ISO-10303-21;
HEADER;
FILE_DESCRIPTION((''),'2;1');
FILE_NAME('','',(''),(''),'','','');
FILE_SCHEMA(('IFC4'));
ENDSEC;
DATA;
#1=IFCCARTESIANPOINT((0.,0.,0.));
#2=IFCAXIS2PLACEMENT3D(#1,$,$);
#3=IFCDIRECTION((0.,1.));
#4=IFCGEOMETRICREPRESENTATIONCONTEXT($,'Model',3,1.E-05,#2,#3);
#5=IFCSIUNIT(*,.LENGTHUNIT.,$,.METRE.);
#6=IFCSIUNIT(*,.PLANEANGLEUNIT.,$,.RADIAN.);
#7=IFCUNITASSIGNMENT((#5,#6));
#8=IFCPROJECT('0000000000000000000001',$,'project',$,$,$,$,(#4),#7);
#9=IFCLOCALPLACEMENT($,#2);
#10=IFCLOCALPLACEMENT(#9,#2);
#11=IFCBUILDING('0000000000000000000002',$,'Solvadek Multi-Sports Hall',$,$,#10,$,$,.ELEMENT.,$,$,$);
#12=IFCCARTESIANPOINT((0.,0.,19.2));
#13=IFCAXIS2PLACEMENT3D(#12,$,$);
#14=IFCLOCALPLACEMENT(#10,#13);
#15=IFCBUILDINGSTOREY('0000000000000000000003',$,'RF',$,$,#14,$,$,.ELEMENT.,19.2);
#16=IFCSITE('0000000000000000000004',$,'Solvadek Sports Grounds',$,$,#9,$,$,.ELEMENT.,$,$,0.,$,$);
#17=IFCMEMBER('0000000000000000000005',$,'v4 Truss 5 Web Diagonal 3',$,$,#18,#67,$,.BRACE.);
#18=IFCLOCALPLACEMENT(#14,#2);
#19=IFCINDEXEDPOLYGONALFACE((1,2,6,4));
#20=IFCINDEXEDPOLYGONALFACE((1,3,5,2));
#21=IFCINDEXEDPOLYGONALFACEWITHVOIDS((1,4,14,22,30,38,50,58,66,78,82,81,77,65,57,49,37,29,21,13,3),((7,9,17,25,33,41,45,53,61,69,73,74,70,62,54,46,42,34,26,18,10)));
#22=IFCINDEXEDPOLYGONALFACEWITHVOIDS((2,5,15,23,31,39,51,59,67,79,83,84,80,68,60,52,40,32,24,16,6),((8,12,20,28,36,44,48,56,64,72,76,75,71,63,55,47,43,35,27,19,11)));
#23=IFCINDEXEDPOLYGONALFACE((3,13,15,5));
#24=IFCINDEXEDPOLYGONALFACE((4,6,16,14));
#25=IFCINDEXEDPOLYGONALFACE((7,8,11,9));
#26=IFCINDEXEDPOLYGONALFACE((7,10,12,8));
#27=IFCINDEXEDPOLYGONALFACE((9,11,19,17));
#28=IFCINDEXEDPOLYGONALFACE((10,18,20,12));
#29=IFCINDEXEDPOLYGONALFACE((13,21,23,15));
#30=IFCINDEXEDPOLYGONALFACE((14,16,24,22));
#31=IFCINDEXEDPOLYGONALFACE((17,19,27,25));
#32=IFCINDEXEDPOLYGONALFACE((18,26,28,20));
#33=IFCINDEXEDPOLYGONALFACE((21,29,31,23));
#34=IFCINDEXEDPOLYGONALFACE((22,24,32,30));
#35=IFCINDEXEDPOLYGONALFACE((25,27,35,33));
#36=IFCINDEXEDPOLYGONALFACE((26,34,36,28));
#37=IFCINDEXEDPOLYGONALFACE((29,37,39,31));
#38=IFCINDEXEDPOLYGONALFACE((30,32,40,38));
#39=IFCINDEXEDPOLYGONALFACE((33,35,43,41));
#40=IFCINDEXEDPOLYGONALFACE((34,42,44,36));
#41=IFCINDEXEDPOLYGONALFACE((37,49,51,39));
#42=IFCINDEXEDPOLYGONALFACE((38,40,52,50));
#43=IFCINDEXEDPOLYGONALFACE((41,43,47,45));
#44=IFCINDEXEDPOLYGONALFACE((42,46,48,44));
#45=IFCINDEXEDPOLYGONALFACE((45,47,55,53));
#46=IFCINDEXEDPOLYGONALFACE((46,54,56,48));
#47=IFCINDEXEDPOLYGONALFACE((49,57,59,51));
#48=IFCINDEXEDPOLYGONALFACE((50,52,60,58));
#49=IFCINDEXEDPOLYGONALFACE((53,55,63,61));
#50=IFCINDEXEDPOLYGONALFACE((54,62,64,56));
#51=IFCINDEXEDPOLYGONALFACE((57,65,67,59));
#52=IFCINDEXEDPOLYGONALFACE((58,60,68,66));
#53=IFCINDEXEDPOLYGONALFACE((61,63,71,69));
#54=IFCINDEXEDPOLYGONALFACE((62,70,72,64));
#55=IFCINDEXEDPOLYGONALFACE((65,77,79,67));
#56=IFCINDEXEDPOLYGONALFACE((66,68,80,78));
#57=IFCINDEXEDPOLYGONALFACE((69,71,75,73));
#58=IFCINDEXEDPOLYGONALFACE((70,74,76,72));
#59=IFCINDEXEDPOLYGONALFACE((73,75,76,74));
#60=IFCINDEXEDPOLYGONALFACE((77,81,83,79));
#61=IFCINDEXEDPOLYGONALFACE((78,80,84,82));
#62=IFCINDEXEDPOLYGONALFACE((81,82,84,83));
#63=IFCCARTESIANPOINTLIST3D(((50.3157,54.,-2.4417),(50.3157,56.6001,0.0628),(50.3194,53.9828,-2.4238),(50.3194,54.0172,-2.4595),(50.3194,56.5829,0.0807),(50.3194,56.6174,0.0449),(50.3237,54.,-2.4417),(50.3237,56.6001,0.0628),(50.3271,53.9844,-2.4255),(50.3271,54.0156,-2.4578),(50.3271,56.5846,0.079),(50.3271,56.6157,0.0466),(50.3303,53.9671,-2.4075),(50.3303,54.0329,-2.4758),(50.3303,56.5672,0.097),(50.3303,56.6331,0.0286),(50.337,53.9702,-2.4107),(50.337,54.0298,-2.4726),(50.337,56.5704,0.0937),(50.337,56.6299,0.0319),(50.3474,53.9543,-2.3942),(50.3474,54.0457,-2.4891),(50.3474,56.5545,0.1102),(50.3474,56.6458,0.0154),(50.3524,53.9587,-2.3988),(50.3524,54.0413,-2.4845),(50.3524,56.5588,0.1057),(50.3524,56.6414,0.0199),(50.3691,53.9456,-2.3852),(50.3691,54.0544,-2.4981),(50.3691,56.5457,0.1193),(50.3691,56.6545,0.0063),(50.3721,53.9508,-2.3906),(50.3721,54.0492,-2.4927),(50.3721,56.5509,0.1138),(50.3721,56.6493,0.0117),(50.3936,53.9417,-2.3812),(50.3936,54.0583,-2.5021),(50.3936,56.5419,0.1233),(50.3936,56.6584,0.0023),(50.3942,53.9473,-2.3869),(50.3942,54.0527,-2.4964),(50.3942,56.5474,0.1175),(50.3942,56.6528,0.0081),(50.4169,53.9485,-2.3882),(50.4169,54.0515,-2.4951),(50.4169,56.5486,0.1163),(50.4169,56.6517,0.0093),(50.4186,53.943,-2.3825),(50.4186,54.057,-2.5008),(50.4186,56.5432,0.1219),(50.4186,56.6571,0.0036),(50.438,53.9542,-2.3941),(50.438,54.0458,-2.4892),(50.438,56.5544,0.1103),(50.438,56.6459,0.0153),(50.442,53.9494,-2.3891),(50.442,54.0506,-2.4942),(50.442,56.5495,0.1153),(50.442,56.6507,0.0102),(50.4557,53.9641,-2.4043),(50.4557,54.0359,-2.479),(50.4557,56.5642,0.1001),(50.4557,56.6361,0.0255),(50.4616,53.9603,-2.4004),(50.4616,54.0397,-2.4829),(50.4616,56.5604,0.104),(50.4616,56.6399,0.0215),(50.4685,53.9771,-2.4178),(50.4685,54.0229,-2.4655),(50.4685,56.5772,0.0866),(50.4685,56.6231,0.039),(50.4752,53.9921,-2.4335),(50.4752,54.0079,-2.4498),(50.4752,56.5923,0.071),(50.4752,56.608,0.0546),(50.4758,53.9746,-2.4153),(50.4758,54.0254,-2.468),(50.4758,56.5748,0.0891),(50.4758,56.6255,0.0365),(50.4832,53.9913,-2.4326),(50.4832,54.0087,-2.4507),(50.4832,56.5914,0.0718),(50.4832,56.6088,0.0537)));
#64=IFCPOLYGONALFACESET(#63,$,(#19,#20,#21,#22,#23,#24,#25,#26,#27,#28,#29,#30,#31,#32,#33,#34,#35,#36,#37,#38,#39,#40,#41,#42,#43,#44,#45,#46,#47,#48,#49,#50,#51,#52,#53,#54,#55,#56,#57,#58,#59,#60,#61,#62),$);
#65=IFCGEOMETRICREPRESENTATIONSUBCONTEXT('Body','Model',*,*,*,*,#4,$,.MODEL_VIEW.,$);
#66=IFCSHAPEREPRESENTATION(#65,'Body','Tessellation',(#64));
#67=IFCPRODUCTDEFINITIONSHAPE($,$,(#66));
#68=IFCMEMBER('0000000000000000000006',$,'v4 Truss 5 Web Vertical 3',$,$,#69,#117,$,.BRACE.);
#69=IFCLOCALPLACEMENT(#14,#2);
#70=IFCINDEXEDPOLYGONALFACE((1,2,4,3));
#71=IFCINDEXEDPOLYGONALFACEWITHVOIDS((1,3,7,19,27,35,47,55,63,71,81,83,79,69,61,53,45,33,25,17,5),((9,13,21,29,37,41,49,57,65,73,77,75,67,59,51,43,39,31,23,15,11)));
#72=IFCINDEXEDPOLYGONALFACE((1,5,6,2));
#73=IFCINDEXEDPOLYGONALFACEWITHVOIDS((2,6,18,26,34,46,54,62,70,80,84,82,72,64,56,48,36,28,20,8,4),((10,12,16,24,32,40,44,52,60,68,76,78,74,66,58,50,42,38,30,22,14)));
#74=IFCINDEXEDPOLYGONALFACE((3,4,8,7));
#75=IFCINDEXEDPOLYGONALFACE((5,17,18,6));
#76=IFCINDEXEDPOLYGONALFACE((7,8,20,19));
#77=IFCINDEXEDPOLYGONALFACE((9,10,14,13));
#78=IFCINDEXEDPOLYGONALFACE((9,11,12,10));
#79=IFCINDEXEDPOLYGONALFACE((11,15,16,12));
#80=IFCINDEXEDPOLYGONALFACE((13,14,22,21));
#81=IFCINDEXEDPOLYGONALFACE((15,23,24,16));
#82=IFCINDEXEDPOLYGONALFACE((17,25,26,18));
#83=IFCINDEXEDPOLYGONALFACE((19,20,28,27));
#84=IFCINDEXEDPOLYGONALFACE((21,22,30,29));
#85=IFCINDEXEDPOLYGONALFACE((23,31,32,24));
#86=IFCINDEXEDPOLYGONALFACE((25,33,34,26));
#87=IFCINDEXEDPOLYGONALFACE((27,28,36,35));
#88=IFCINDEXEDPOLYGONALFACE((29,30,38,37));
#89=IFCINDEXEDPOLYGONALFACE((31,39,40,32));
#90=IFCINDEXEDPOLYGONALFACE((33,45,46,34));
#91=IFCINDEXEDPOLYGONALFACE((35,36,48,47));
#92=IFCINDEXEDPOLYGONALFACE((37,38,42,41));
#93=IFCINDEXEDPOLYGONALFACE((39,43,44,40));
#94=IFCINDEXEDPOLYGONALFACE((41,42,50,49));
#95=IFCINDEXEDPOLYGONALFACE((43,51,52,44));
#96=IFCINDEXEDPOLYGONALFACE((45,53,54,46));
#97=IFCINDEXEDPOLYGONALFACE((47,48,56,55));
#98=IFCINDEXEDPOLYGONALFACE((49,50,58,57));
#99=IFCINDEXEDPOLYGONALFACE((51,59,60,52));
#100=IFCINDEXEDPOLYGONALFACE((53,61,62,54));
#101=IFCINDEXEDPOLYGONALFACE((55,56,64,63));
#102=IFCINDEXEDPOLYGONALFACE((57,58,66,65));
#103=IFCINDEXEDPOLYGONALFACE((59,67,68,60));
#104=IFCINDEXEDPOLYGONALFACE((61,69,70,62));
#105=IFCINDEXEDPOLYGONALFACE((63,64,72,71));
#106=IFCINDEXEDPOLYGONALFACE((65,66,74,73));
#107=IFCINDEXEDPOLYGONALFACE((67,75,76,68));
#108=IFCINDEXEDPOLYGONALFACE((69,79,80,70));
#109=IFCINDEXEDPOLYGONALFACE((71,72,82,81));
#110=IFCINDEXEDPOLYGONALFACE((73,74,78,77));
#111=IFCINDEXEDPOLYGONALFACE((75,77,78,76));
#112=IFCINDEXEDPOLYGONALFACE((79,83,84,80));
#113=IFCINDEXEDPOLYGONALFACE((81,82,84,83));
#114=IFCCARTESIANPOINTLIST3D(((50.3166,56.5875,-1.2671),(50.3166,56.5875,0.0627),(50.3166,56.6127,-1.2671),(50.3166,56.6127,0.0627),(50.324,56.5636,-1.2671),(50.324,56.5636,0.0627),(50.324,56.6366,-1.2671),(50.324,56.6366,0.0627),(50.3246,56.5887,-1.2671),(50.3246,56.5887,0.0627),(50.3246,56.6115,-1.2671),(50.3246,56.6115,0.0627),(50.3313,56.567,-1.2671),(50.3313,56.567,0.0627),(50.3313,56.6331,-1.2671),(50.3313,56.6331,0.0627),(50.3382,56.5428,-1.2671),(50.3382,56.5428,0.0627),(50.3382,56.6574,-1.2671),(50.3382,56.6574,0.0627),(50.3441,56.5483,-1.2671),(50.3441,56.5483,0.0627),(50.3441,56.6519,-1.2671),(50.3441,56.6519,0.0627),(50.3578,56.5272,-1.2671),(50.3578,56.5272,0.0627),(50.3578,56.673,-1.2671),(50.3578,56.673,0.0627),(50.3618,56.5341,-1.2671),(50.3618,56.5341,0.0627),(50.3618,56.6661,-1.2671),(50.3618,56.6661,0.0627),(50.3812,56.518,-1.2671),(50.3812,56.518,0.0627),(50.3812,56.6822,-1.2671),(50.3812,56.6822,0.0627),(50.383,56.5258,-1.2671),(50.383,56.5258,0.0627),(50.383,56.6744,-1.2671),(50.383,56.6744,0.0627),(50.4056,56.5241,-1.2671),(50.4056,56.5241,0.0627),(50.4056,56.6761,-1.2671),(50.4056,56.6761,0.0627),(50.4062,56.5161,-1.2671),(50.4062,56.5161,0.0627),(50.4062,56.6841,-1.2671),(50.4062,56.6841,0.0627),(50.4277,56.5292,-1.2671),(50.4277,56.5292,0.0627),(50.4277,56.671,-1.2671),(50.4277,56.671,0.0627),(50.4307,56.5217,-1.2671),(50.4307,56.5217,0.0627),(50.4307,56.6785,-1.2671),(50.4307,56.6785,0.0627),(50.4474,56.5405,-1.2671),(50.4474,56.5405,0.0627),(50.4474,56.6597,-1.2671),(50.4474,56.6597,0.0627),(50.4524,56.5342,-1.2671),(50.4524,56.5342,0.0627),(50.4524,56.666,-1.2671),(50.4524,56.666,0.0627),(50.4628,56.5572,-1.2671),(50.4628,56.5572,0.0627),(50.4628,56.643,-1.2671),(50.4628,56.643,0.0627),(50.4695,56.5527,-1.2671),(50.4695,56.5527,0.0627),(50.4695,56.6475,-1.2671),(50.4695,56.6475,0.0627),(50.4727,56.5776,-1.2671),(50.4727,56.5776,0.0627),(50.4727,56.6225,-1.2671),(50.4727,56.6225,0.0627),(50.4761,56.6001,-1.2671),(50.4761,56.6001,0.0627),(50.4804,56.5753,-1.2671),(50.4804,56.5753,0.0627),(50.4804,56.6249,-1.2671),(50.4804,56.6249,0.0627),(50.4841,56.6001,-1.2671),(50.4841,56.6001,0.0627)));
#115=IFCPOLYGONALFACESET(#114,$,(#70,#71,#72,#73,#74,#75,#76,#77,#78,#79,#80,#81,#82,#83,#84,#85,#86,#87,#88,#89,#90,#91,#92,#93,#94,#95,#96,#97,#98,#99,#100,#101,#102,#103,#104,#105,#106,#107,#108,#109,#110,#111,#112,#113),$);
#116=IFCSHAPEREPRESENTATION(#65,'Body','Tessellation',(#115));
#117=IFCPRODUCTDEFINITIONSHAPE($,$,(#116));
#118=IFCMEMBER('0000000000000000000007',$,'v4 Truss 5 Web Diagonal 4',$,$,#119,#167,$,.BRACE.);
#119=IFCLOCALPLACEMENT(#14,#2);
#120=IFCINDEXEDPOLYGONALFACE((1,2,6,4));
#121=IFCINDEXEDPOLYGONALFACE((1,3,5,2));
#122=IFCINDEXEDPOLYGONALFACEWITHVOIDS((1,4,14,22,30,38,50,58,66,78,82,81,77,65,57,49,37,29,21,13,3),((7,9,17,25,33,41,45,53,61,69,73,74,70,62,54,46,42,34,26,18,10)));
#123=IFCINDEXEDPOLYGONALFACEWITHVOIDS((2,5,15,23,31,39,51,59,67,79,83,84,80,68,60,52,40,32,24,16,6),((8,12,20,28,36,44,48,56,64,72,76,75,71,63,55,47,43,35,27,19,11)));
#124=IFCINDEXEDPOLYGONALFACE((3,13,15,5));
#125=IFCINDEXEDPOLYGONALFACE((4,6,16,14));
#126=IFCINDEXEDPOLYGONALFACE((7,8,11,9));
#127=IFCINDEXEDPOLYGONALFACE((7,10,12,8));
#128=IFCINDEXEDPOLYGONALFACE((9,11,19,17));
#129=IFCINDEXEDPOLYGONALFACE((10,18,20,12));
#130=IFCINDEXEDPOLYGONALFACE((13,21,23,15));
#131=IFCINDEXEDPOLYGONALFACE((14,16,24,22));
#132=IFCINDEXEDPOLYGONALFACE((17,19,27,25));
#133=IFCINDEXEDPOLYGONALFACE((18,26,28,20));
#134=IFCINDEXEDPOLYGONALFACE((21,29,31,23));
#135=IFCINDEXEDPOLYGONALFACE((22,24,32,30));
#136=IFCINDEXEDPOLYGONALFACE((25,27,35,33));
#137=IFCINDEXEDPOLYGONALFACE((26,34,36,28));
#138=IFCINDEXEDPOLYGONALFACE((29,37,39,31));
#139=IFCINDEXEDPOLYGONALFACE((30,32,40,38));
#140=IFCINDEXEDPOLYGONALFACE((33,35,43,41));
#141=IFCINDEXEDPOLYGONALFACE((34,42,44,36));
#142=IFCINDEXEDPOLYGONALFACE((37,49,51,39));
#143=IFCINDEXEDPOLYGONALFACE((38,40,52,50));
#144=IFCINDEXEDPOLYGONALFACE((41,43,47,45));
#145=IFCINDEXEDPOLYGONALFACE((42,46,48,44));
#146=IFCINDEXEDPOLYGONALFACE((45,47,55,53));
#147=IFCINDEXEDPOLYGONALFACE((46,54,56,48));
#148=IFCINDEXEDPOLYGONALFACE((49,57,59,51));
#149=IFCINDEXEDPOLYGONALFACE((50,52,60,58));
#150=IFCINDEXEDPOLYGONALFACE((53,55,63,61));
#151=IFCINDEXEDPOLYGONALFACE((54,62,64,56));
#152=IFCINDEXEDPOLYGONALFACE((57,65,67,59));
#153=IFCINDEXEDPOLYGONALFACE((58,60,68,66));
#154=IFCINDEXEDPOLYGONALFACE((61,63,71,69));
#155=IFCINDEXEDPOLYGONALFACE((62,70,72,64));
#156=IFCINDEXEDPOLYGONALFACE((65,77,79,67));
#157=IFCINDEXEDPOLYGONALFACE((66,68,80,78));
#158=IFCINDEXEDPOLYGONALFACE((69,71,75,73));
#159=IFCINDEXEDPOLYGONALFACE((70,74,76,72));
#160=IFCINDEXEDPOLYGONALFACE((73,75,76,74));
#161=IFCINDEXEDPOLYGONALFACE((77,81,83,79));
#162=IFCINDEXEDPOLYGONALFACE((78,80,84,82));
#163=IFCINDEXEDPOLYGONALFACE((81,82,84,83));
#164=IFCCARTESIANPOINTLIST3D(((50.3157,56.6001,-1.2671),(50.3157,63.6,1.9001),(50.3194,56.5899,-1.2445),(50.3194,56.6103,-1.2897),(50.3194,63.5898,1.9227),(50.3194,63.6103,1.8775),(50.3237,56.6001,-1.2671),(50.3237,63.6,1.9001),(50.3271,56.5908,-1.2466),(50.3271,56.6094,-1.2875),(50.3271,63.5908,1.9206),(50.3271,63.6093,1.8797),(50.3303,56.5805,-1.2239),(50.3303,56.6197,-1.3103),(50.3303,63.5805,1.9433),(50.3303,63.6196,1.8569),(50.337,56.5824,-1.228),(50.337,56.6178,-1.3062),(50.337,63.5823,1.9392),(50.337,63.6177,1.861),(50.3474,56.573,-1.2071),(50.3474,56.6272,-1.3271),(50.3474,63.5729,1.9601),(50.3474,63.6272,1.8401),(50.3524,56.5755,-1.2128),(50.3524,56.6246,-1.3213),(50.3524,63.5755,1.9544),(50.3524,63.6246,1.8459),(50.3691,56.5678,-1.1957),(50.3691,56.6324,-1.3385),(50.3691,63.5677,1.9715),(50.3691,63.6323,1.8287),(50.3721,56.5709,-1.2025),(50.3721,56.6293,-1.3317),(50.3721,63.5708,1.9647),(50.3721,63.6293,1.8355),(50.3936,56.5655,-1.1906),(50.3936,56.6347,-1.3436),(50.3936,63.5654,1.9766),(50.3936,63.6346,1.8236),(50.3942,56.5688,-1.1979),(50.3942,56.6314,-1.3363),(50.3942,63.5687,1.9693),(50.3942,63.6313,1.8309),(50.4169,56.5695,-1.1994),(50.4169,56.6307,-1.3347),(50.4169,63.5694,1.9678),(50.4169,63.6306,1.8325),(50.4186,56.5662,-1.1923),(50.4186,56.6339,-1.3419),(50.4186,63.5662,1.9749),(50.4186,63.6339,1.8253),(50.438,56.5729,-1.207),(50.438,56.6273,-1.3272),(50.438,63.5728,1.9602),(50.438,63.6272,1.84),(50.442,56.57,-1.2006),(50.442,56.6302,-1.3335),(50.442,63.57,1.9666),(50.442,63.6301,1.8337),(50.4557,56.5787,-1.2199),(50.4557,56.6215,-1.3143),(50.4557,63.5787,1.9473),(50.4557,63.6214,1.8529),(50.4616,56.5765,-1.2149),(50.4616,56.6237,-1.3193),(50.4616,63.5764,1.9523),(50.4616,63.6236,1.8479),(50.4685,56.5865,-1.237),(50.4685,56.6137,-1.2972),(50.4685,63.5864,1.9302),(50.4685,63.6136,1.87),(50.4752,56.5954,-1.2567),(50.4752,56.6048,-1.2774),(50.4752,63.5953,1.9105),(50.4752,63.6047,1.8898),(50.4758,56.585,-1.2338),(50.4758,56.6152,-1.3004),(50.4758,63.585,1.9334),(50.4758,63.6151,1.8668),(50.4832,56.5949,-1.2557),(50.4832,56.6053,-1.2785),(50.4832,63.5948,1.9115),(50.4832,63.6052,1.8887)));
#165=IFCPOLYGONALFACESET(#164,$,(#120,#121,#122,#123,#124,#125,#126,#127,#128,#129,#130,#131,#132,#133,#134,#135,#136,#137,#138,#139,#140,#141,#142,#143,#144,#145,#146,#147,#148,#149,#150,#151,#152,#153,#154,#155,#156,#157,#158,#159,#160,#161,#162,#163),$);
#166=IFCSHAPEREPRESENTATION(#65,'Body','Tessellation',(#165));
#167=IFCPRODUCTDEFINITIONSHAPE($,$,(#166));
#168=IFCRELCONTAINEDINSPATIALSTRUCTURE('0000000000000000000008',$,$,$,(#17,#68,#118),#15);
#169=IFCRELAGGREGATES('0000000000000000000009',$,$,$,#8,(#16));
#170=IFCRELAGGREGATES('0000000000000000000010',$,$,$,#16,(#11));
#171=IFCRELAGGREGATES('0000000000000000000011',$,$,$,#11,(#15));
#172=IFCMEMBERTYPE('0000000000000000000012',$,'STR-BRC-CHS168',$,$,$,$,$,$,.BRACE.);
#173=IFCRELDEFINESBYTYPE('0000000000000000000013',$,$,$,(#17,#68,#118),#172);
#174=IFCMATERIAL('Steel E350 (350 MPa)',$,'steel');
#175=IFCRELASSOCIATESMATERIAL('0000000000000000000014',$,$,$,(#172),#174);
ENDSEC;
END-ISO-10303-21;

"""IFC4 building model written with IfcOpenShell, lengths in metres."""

from ifc_helpers import new_model, si_unit, direction, frame, origin, origin_2d, place, context, subcontext, project, spatial, hollow_circle, extrude, material, material_profile, profile_set, type_object, element, save


model = new_model("IFC4")

# Units and contexts
model_context = context("Model", 3, precision=1e-05, world=origin(), true_north=direction((0.0, 1.0)))
body_context = subcontext(model_context, "Body", "Model", "MODEL_VIEW")
ifc_project = project(units=[si_unit("LENGTHUNIT", "METRE"), si_unit("PLANEANGLEUNIT", "RADIAN")], contexts=[model_context])

# Site, building, storey
site_placement = place(None, origin())
site = spatial("IfcSite", under=ifc_project, at=site_placement, Name="Solvadek Sports Grounds", CompositionType="ELEMENT", RefElevation=0.0)
building_placement = place(site_placement, origin())
building = spatial("IfcBuilding", under=site, at=building_placement, Name="Solvadek Multi-Sports Hall", CompositionType="ELEMENT")
storey_placement = place(building_placement, frame((0.0, 0.0, 19.2)))
storey = spatial("IfcBuildingStorey", under=building, at=storey_placement, Name="RF", CompositionType="ELEMENT", Elevation=19.2)

# Members
ifc_material_1 = material(Name="Steel E350 (350 MPa)", Category="steel")
ifc_material_profile_1 = material_profile(ifc_material_1, hollow_circle(Radius=0.0842, WallThickness=0.0081, at=origin_2d()), Name="CHS 168.3x8")
ifc_profile_set_1 = profile_set([ifc_material_profile_1], Name="Steel E350 (350 MPa)")
member_type_1 = type_object("IfcMemberType", Name="STR-BRC-CHS168", PredefinedType="BRACE", material=ifc_profile_set_1)
member_1_placement = place(storey_placement, frame((50.3999, 54.0, -2.4417), z_axis=(0.0, 0.720238, 0.693727), x_axis=(-1.0, 0.0, 0.0)))
element("IfcMember", 1, at=member_1_placement, inside=storey, type_object=member_type_1, Name="v4 Truss 5 Web Diagonal 3", PredefinedType="BRACE", context=body_context, shape_type="SweptSolid", body=[
    extrude(hollow_circle(Radius=0.0842, WallThickness=0.0081, at=origin_2d()), origin(), (0.0, 0.0, 1.0), 3.6101),
])
member_2_placement = place(storey_placement, frame((50.3999, 56.6001, -1.2671), z_axis=(0.0, 0.0, 1.0), x_axis=(1.0, 0.0, 0.0)))
element("IfcMember", 2, at=member_2_placement, inside=storey, type_object=member_type_1, Name="v4 Truss 5 Web Vertical 3", PredefinedType="BRACE", context=body_context, shape_type="SweptSolid", body=[
    extrude(hollow_circle(Radius=0.0842, WallThickness=0.0081, at=origin_2d()), origin(), (0.0, 0.0, 1.0), 1.3298),
])
member_3_placement = place(storey_placement, frame((50.3999, 56.6001, -1.2671), z_axis=(0.0, 0.91108, 0.412229), x_axis=(-1.0, 0.0, 0.0)))
element("IfcMember", 3, at=member_3_placement, inside=storey, type_object=member_type_1, Name="v4 Truss 5 Web Diagonal 4", PredefinedType="BRACE", context=body_context, shape_type="SweptSolid", body=[
    extrude(hollow_circle(Radius=0.0842, WallThickness=0.0081, at=origin_2d()), origin(), (0.0, 0.0, 1.0), 7.6831),
])

save(model, "model.ifc")
